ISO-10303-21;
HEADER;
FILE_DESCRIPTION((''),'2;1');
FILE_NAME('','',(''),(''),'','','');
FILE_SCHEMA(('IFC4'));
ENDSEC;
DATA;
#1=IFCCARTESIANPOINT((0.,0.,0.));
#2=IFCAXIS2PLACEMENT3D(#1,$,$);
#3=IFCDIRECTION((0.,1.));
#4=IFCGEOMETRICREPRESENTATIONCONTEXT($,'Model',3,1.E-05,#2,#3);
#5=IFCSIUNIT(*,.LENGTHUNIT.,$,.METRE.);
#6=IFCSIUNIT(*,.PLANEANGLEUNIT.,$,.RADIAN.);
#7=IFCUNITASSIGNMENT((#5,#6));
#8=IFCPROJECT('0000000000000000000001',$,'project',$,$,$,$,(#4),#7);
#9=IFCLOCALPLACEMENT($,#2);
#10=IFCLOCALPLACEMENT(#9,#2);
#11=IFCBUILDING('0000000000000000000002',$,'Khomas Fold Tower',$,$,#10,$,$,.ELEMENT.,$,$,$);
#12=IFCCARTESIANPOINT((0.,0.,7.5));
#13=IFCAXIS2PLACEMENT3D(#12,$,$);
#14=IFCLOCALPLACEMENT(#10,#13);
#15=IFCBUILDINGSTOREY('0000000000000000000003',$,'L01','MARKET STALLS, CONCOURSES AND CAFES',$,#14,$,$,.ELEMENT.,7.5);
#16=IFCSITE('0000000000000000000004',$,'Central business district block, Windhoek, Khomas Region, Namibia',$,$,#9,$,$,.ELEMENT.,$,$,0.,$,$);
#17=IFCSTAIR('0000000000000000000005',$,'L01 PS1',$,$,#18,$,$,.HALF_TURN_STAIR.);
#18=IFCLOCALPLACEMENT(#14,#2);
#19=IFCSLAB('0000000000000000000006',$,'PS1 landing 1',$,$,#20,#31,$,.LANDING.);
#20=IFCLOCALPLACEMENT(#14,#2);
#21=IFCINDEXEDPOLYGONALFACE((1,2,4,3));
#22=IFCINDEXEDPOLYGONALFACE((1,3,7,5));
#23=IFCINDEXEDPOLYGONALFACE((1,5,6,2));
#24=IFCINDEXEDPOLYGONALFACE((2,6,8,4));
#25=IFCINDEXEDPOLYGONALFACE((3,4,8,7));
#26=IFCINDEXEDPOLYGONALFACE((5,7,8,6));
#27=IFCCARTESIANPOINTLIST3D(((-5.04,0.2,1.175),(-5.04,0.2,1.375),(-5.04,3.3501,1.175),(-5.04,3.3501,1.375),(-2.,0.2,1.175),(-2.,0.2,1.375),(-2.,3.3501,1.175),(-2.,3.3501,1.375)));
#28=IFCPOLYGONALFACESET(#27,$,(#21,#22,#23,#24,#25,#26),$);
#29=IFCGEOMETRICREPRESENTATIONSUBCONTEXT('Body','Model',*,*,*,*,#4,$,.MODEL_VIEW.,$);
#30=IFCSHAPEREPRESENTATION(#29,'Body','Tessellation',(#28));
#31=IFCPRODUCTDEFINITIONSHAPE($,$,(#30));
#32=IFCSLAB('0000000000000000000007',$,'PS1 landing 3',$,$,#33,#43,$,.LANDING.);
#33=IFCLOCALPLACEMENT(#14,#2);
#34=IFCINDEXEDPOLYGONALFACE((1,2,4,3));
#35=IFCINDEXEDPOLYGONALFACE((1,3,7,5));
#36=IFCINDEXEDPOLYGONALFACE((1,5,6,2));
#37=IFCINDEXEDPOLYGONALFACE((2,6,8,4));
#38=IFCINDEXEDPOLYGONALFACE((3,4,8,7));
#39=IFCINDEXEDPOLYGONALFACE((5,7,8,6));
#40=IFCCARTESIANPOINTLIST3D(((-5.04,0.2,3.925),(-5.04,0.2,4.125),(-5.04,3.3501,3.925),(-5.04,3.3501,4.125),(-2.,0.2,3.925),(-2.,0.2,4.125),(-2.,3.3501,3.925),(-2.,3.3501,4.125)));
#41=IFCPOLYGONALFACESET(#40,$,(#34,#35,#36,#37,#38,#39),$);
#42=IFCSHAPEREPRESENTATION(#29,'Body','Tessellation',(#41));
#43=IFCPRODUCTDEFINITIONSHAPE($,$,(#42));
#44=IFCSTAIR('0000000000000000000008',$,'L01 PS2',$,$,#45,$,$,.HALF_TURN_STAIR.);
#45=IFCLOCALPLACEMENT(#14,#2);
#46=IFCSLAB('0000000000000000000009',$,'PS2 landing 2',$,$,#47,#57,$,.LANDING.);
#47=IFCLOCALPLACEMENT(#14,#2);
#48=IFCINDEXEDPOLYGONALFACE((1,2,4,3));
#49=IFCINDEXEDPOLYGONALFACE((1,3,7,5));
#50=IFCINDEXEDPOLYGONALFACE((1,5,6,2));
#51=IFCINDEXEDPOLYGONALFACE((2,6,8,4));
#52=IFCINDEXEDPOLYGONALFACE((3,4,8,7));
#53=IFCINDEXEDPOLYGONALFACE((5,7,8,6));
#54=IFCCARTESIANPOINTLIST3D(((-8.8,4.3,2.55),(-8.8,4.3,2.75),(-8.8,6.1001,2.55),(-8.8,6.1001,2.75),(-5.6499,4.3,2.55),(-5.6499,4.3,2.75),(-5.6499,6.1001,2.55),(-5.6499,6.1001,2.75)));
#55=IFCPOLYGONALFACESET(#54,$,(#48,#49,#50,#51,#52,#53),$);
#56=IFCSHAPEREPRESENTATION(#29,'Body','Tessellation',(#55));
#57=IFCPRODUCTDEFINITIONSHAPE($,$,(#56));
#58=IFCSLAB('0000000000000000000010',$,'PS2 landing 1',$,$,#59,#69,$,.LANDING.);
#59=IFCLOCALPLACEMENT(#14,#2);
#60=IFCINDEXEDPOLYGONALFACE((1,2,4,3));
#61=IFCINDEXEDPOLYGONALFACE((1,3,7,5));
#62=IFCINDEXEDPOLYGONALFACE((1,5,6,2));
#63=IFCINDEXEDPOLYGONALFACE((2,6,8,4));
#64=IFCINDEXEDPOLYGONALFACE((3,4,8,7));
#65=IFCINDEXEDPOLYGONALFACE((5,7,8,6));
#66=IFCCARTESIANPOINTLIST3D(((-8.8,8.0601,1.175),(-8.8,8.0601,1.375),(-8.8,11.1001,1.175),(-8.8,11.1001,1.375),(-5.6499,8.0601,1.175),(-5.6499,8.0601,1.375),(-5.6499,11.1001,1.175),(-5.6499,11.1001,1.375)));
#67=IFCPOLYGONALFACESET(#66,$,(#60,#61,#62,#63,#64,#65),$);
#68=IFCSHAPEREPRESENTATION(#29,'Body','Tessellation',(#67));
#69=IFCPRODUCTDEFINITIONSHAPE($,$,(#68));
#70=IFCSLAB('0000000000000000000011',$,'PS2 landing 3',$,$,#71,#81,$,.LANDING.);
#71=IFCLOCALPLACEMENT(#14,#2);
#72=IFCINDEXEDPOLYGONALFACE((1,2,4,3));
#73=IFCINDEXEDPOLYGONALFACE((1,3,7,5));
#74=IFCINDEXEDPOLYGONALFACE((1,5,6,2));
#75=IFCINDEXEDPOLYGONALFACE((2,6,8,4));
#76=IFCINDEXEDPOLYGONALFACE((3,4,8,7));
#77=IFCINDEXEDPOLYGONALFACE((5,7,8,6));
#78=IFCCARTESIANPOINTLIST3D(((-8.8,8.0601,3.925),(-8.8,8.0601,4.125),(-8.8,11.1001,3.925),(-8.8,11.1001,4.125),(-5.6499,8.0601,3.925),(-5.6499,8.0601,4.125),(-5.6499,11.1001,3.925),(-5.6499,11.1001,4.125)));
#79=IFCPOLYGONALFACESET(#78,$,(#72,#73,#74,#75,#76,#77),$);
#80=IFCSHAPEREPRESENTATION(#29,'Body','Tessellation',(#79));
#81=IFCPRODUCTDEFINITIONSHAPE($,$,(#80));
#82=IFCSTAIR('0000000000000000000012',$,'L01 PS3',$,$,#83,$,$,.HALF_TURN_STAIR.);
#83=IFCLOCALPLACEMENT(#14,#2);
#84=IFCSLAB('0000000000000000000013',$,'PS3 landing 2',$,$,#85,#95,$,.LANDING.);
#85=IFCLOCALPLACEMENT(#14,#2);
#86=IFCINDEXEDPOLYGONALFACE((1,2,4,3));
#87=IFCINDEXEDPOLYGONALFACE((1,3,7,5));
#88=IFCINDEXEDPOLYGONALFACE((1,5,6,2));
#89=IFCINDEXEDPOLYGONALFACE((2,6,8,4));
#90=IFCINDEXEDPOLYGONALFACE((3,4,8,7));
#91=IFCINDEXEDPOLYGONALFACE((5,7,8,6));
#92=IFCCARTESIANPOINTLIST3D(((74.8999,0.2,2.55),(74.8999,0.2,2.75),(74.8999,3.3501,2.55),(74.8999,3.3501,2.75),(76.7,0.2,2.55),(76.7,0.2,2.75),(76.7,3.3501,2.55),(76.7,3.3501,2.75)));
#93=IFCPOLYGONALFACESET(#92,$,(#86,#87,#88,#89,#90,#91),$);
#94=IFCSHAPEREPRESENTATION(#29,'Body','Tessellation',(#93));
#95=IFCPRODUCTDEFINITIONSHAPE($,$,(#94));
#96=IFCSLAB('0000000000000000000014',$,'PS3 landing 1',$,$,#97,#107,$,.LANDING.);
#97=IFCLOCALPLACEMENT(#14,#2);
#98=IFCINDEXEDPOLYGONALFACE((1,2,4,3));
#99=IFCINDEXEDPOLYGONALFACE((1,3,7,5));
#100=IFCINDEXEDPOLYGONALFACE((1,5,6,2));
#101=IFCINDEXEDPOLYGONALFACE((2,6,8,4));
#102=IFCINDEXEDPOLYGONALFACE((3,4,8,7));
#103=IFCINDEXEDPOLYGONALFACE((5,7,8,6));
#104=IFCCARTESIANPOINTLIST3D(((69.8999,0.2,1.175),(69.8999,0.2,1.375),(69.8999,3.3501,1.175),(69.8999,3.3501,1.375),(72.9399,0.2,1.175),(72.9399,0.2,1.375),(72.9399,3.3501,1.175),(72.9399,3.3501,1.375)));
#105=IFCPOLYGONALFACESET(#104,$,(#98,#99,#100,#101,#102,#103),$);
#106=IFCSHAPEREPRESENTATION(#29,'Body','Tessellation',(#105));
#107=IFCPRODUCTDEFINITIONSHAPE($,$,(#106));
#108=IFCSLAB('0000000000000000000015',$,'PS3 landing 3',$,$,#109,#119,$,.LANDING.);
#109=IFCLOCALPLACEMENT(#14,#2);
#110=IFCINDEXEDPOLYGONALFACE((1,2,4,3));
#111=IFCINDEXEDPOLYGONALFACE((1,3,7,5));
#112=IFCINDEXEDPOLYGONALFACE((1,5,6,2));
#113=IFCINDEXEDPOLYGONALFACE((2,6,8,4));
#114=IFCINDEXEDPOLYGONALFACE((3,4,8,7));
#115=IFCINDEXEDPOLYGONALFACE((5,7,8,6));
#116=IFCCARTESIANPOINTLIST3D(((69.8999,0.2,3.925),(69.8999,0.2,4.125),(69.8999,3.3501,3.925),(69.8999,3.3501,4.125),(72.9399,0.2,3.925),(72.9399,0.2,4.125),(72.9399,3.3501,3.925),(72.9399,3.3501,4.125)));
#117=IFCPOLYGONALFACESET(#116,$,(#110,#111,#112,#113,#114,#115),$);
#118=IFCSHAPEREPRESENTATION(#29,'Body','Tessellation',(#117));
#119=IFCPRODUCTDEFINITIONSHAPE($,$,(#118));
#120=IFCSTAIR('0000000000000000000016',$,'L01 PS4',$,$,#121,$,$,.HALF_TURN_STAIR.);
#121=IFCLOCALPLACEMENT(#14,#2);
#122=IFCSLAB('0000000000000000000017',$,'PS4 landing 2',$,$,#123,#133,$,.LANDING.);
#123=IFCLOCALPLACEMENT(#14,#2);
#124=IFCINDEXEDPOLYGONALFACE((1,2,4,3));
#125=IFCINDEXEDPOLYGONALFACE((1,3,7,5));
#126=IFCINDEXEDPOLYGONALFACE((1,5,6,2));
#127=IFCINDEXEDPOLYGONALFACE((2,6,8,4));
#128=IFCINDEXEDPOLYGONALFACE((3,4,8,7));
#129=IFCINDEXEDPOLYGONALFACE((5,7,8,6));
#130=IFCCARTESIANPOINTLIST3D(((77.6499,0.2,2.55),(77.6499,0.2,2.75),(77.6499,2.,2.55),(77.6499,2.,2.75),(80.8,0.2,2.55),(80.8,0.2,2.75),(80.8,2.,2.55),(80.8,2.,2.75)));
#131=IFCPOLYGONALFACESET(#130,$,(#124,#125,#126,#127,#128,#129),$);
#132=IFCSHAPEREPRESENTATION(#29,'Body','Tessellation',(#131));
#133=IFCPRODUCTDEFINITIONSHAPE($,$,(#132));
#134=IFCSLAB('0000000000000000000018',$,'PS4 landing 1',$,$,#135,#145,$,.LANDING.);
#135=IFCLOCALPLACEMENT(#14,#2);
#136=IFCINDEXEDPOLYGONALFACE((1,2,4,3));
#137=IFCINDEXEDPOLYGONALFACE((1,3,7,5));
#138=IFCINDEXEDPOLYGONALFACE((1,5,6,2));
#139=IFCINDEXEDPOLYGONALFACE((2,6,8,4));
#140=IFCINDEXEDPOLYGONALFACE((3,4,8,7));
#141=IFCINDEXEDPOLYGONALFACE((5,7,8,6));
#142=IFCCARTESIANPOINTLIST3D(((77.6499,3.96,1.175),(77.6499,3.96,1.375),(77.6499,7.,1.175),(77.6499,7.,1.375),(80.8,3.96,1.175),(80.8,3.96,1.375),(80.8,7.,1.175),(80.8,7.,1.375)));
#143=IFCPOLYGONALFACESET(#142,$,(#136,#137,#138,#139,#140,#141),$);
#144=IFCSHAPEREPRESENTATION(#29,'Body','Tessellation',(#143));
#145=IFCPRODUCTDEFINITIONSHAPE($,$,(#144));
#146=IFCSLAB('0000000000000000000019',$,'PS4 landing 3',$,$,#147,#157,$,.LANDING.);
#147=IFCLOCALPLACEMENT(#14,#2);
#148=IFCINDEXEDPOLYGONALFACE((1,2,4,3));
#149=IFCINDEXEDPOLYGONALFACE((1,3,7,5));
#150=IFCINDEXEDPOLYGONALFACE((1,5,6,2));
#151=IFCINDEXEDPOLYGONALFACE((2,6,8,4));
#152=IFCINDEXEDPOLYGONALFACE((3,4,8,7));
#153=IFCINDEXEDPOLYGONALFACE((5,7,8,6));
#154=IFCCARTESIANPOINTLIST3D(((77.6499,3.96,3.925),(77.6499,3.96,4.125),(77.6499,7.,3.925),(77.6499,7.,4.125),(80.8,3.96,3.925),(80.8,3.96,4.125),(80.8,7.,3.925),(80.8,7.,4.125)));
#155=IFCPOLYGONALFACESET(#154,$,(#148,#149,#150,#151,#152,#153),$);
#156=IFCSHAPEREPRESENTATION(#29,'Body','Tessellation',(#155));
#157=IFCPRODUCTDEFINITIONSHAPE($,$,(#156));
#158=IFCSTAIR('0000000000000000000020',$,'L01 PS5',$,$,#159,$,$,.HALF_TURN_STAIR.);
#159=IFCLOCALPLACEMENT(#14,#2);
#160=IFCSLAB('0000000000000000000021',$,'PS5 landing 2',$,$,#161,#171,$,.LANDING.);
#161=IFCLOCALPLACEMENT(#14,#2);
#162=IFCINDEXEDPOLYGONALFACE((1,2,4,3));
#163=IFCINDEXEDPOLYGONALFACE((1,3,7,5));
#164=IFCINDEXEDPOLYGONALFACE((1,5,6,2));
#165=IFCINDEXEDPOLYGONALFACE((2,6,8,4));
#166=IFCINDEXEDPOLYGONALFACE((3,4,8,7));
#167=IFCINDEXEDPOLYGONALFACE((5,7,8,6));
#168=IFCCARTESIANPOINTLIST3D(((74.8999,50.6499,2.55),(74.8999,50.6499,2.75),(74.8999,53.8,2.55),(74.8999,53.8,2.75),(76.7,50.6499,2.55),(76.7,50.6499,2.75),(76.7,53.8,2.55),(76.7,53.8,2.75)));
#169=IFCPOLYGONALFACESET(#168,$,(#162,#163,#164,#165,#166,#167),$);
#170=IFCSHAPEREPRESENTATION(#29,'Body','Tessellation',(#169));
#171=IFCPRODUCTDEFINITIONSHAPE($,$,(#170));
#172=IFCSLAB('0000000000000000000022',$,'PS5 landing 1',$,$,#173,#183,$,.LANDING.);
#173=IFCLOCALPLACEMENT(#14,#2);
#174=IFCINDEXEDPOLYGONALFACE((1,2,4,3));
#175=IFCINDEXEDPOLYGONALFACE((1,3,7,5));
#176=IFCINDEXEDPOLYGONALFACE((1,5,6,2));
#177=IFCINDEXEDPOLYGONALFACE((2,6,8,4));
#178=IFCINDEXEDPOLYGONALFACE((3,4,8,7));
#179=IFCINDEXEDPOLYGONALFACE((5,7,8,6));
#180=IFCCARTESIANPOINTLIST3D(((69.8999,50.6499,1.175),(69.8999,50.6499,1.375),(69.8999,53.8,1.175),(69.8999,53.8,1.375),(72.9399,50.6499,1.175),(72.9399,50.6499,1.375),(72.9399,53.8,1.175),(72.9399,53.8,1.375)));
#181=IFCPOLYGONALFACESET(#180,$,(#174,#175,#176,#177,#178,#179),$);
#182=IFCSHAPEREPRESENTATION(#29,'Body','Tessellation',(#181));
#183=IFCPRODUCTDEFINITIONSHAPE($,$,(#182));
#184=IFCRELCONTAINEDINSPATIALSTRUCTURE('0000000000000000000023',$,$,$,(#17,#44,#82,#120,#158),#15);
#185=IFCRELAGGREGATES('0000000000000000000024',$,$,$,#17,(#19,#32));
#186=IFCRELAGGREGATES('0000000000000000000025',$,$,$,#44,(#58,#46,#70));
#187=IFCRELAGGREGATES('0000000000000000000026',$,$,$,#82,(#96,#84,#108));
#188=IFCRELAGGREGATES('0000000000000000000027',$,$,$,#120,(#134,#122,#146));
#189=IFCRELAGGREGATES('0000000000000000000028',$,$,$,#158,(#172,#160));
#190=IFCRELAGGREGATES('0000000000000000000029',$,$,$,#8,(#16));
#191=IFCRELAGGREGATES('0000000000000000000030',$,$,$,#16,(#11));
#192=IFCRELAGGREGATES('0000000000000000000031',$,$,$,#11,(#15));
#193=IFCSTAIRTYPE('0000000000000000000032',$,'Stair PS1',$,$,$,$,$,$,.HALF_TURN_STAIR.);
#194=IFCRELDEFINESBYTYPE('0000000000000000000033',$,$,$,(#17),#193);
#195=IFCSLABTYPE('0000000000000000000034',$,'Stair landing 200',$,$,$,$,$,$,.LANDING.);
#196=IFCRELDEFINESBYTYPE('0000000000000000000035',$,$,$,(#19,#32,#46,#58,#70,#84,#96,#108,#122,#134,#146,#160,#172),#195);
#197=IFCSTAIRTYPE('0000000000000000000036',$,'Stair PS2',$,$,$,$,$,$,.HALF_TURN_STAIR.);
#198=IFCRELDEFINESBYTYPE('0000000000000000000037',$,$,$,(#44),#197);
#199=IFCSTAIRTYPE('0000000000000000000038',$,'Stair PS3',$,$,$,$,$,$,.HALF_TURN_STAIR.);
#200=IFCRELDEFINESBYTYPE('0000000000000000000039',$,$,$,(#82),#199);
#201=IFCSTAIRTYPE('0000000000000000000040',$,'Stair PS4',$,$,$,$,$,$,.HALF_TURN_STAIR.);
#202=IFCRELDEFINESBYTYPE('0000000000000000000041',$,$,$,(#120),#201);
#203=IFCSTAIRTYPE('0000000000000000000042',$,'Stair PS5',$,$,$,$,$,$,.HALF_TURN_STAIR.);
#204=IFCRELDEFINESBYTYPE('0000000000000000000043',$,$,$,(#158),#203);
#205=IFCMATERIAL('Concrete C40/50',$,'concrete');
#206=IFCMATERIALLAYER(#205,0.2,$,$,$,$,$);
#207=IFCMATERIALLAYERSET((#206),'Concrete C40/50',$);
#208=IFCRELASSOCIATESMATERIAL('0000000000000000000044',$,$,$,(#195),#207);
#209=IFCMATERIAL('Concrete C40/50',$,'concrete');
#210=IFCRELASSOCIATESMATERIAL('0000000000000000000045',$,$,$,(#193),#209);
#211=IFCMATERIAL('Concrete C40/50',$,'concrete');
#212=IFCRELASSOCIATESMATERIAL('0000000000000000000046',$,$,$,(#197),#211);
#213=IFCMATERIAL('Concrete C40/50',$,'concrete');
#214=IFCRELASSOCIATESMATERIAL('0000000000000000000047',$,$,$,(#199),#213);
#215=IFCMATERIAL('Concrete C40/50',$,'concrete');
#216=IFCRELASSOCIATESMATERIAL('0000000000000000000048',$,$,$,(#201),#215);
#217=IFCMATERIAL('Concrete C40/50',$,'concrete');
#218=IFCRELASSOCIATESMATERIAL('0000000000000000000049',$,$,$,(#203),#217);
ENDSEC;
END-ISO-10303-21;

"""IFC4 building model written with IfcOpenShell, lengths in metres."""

from ifc_helpers import new_model, si_unit, direction, frame, origin, place, context, subcontext, project, spatial, polyline, outline, extrude, source, transform, mapped, material, layer, layer_set, type_object, element, aggregate, save


model = new_model("IFC4")

# Units and contexts
model_context = context("Model", 3, precision=1e-05, world=origin(), true_north=direction((0.0, 1.0)))
body_context = subcontext(model_context, "Body", "Model", "MODEL_VIEW")
ifc_project = project(units=[si_unit("LENGTHUNIT", "METRE"), si_unit("PLANEANGLEUNIT", "RADIAN")], contexts=[model_context])

# Site, building, storey
site_placement = place(None, origin())
site = spatial("IfcSite", under=ifc_project, at=site_placement, Name="Central business district block, Windhoek, Khomas Region, Namibia", CompositionType="ELEMENT", RefElevation=0.0)
building_placement = place(site_placement, origin())
building = spatial("IfcBuilding", under=site, at=building_placement, Name="Khomas Fold Tower", CompositionType="ELEMENT")
storey_placement = place(building_placement, frame((0.0, 0.0, 7.5)))
storey = spatial("IfcBuildingStorey", under=building, at=storey_placement, Name="L01", Description="MARKET STALLS, CONCOURSES AND CAFES", CompositionType="ELEMENT", Elevation=7.5)

# Shared definitions
ifc_material_1 = material(Name="Concrete C40/50", Category="concrete")
ifc_layer_1 = layer(ifc_material_1, 0.2)
ifc_layer_set_1 = layer_set([ifc_layer_1], Name="Concrete C40/50")
slab_type_1 = type_object("IfcSlabType", Name="Stair landing 200", PredefinedType="LANDING", material=ifc_layer_set_1)

# Stairs, slabs
ifc_material_2 = material(Name="Concrete C40/50", Category="concrete")
stair_type_1 = type_object("IfcStairType", Name="Stair PS1", PredefinedType="HALF_TURN_STAIR", material=ifc_material_2)
stair_1_placement = place(storey_placement, origin())
stair_1 = element("IfcStair", 1, at=stair_1_placement, inside=storey, type_object=stair_type_1, Name="L01 PS1", PredefinedType="HALF_TURN_STAIR")
shared_shape_1 = source(origin(), body_context, "Body", "SweptSolid", [
    extrude(outline(polyline([(-5.04, 0.2), (-2.0, 0.2), (-2.0, 3.3501), (-5.04, 3.3501), (-5.04, 0.2)])), origin(), (0.0, 0.0, 1.0), 0.2),
])
slab_1_placement = place(storey_placement, frame((0.0, 0.0, 1.175)))
slab_1 = element("IfcSlab", 2, at=slab_1_placement, type_object=slab_type_1, Name="PS1 landing 1", PredefinedType="LANDING", context=body_context, shape_type="MappedRepresentation", body=[
    mapped(shared_shape_1, transform((0.0, 0.0, 0.0))),
])
slab_2_placement = place(storey_placement, frame((0.0, 0.0, 3.925)))
slab_2 = element("IfcSlab", 3, at=slab_2_placement, type_object=slab_type_1, Name="PS1 landing 3", PredefinedType="LANDING", context=body_context, shape_type="MappedRepresentation", body=[
    mapped(shared_shape_1, transform((0.0, 0.0, 0.0))),
])
aggregate(stair_1, [slab_1, slab_2])
ifc_material_3 = material(Name="Concrete C40/50", Category="concrete")
stair_type_2 = type_object("IfcStairType", Name="Stair PS2", PredefinedType="HALF_TURN_STAIR", material=ifc_material_3)
stair_2_placement = place(storey_placement, origin())
stair_2 = element("IfcStair", 4, at=stair_2_placement, inside=storey, type_object=stair_type_2, Name="L01 PS2", PredefinedType="HALF_TURN_STAIR")
shared_shape_2 = source(origin(), body_context, "Body", "SweptSolid", [
    extrude(outline(polyline([(-5.6499, 4.3), (-5.6499, 6.1001), (-8.8, 6.1001), (-8.8, 4.3), (-5.6499, 4.3)])), origin(), (0.0, 0.0, 1.0), 0.2),
])
slab_3_placement = place(storey_placement, frame((0.0, 0.0, 2.55)))
slab_3 = element("IfcSlab", 5, at=slab_3_placement, type_object=slab_type_1, Name="PS2 landing 2", PredefinedType="LANDING", context=body_context, shape_type="MappedRepresentation", body=[
    mapped(shared_shape_2, transform((0.0, 0.0, 0.0))),
])
shared_shape_3 = source(origin(), body_context, "Body", "SweptSolid", [
    extrude(outline(polyline([(-5.6499, 8.0601), (-5.6499, 11.1001), (-8.8, 11.1001), (-8.8, 8.0601), (-5.6499, 8.0601)])), origin(), (0.0, 0.0, 1.0), 0.2),
])
slab_4_placement = place(storey_placement, frame((0.0, 0.0, 1.175)))
slab_4 = element("IfcSlab", 6, at=slab_4_placement, type_object=slab_type_1, Name="PS2 landing 1", PredefinedType="LANDING", context=body_context, shape_type="MappedRepresentation", body=[
    mapped(shared_shape_3, transform((0.0, 0.0, 0.0))),
])
slab_5_placement = place(storey_placement, frame((0.0, 0.0, 3.925)))
slab_5 = element("IfcSlab", 7, at=slab_5_placement, type_object=slab_type_1, Name="PS2 landing 3", PredefinedType="LANDING", context=body_context, shape_type="MappedRepresentation", body=[
    mapped(shared_shape_3, transform((0.0, 0.0, 0.0))),
])
aggregate(stair_2, [slab_4, slab_3, slab_5])
ifc_material_4 = material(Name="Concrete C40/50", Category="concrete")
stair_type_3 = type_object("IfcStairType", Name="Stair PS3", PredefinedType="HALF_TURN_STAIR", material=ifc_material_4)
stair_3_placement = place(storey_placement, origin())
stair_3 = element("IfcStair", 8, at=stair_3_placement, inside=storey, type_object=stair_type_3, Name="L01 PS3", PredefinedType="HALF_TURN_STAIR")
shared_shape_4 = source(origin(), body_context, "Body", "SweptSolid", [
    extrude(outline(polyline([(76.7, 3.3501), (74.8999, 3.3501), (74.8999, 0.2), (76.7, 0.2), (76.7, 3.3501)])), origin(), (0.0, 0.0, 1.0), 0.2),
])
slab_6_placement = place(storey_placement, frame((0.0, 0.0, 2.55)))
slab_6 = element("IfcSlab", 9, at=slab_6_placement, type_object=slab_type_1, Name="PS3 landing 2", PredefinedType="LANDING", context=body_context, shape_type="MappedRepresentation", body=[
    mapped(shared_shape_4, transform((0.0, 0.0, 0.0))),
])
shared_shape_5 = source(origin(), body_context, "Body", "SweptSolid", [
    extrude(outline(polyline([(72.9399, 3.3501), (69.8999, 3.3501), (69.8999, 0.2), (72.9399, 0.2), (72.9399, 3.3501)])), origin(), (0.0, 0.0, 1.0), 0.2),
])
slab_7_placement = place(storey_placement, frame((0.0, 0.0, 1.175)))
slab_7 = element("IfcSlab", 10, at=slab_7_placement, type_object=slab_type_1, Name="PS3 landing 1", PredefinedType="LANDING", context=body_context, shape_type="MappedRepresentation", body=[
    mapped(shared_shape_5, transform((0.0, 0.0, 0.0))),
])
slab_8_placement = place(storey_placement, frame((0.0, 0.0, 3.925)))
slab_8 = element("IfcSlab", 11, at=slab_8_placement, type_object=slab_type_1, Name="PS3 landing 3", PredefinedType="LANDING", context=body_context, shape_type="MappedRepresentation", body=[
    mapped(shared_shape_5, transform((0.0, 0.0, 0.0))),
])
aggregate(stair_3, [slab_7, slab_6, slab_8])
ifc_material_5 = material(Name="Concrete C40/50", Category="concrete")
stair_type_4 = type_object("IfcStairType", Name="Stair PS4", PredefinedType="HALF_TURN_STAIR", material=ifc_material_5)
stair_4_placement = place(storey_placement, origin())
stair_4 = element("IfcStair", 12, at=stair_4_placement, inside=storey, type_object=stair_type_4, Name="L01 PS4", PredefinedType="HALF_TURN_STAIR")
shared_shape_6 = source(origin(), body_context, "Body", "SweptSolid", [
    extrude(outline(polyline([(80.8, 0.2), (80.8, 2.0), (77.6499, 2.0), (77.6499, 0.2), (80.8, 0.2)])), origin(), (0.0, 0.0, 1.0), 0.2),
])
slab_9_placement = place(storey_placement, frame((0.0, 0.0, 2.55)))
slab_9 = element("IfcSlab", 13, at=slab_9_placement, type_object=slab_type_1, Name="PS4 landing 2", PredefinedType="LANDING", context=body_context, shape_type="MappedRepresentation", body=[
    mapped(shared_shape_6, transform((0.0, 0.0, 0.0))),
])
shared_shape_7 = source(origin(), body_context, "Body", "SweptSolid", [
    extrude(outline(polyline([(80.8, 3.96), (80.8, 7.0), (77.6499, 7.0), (77.6499, 3.96), (80.8, 3.96)])), origin(), (0.0, 0.0, 1.0), 0.2),
])
slab_10_placement = place(storey_placement, frame((0.0, 0.0, 1.175)))
slab_10 = element("IfcSlab", 14, at=slab_10_placement, type_object=slab_type_1, Name="PS4 landing 1", PredefinedType="LANDING", context=body_context, shape_type="MappedRepresentation", body=[
    mapped(shared_shape_7, transform((0.0, 0.0, 0.0))),
])
slab_11_placement = place(storey_placement, frame((0.0, 0.0, 3.925)))
slab_11 = element("IfcSlab", 15, at=slab_11_placement, type_object=slab_type_1, Name="PS4 landing 3", PredefinedType="LANDING", context=body_context, shape_type="MappedRepresentation", body=[
    mapped(shared_shape_7, transform((0.0, 0.0, 0.0))),
])
aggregate(stair_4, [slab_10, slab_9, slab_11])
ifc_material_6 = material(Name="Concrete C40/50", Category="concrete")
stair_type_5 = type_object("IfcStairType", Name="Stair PS5", PredefinedType="HALF_TURN_STAIR", material=ifc_material_6)
stair_5_placement = place(storey_placement, origin())
stair_5 = element("IfcStair", 16, at=stair_5_placement, inside=storey, type_object=stair_type_5, Name="L01 PS5", PredefinedType="HALF_TURN_STAIR")
shared_shape_8 = source(origin(), body_context, "Body", "SweptSolid", [
    extrude(outline(polyline([(76.7, 53.8), (74.8999, 53.8), (74.8999, 50.6499), (76.7, 50.6499), (76.7, 53.8)])), origin(), (0.0, 0.0, 1.0), 0.2),
])
slab_12_placement = place(storey_placement, frame((0.0, 0.0, 2.55)))
slab_12 = element("IfcSlab", 17, at=slab_12_placement, type_object=slab_type_1, Name="PS5 landing 2", PredefinedType="LANDING", context=body_context, shape_type="MappedRepresentation", body=[
    mapped(shared_shape_8, transform((0.0, 0.0, 0.0))),
])
shared_shape_9 = source(origin(), body_context, "Body", "SweptSolid", [
    extrude(outline(polyline([(72.9399, 53.8), (69.8999, 53.8), (69.8999, 50.6499), (72.9399, 50.6499), (72.9399, 53.8)])), origin(), (0.0, 0.0, 1.0), 0.2),
])
slab_13_placement = place(storey_placement, frame((0.0, 0.0, 1.175)))
slab_13 = element("IfcSlab", 18, at=slab_13_placement, type_object=slab_type_1, Name="PS5 landing 1", PredefinedType="LANDING", context=body_context, shape_type="MappedRepresentation", body=[
    mapped(shared_shape_9, transform((0.0, 0.0, 0.0))),
])
aggregate(stair_5, [slab_13, slab_12])

save(model, "model.ifc")
